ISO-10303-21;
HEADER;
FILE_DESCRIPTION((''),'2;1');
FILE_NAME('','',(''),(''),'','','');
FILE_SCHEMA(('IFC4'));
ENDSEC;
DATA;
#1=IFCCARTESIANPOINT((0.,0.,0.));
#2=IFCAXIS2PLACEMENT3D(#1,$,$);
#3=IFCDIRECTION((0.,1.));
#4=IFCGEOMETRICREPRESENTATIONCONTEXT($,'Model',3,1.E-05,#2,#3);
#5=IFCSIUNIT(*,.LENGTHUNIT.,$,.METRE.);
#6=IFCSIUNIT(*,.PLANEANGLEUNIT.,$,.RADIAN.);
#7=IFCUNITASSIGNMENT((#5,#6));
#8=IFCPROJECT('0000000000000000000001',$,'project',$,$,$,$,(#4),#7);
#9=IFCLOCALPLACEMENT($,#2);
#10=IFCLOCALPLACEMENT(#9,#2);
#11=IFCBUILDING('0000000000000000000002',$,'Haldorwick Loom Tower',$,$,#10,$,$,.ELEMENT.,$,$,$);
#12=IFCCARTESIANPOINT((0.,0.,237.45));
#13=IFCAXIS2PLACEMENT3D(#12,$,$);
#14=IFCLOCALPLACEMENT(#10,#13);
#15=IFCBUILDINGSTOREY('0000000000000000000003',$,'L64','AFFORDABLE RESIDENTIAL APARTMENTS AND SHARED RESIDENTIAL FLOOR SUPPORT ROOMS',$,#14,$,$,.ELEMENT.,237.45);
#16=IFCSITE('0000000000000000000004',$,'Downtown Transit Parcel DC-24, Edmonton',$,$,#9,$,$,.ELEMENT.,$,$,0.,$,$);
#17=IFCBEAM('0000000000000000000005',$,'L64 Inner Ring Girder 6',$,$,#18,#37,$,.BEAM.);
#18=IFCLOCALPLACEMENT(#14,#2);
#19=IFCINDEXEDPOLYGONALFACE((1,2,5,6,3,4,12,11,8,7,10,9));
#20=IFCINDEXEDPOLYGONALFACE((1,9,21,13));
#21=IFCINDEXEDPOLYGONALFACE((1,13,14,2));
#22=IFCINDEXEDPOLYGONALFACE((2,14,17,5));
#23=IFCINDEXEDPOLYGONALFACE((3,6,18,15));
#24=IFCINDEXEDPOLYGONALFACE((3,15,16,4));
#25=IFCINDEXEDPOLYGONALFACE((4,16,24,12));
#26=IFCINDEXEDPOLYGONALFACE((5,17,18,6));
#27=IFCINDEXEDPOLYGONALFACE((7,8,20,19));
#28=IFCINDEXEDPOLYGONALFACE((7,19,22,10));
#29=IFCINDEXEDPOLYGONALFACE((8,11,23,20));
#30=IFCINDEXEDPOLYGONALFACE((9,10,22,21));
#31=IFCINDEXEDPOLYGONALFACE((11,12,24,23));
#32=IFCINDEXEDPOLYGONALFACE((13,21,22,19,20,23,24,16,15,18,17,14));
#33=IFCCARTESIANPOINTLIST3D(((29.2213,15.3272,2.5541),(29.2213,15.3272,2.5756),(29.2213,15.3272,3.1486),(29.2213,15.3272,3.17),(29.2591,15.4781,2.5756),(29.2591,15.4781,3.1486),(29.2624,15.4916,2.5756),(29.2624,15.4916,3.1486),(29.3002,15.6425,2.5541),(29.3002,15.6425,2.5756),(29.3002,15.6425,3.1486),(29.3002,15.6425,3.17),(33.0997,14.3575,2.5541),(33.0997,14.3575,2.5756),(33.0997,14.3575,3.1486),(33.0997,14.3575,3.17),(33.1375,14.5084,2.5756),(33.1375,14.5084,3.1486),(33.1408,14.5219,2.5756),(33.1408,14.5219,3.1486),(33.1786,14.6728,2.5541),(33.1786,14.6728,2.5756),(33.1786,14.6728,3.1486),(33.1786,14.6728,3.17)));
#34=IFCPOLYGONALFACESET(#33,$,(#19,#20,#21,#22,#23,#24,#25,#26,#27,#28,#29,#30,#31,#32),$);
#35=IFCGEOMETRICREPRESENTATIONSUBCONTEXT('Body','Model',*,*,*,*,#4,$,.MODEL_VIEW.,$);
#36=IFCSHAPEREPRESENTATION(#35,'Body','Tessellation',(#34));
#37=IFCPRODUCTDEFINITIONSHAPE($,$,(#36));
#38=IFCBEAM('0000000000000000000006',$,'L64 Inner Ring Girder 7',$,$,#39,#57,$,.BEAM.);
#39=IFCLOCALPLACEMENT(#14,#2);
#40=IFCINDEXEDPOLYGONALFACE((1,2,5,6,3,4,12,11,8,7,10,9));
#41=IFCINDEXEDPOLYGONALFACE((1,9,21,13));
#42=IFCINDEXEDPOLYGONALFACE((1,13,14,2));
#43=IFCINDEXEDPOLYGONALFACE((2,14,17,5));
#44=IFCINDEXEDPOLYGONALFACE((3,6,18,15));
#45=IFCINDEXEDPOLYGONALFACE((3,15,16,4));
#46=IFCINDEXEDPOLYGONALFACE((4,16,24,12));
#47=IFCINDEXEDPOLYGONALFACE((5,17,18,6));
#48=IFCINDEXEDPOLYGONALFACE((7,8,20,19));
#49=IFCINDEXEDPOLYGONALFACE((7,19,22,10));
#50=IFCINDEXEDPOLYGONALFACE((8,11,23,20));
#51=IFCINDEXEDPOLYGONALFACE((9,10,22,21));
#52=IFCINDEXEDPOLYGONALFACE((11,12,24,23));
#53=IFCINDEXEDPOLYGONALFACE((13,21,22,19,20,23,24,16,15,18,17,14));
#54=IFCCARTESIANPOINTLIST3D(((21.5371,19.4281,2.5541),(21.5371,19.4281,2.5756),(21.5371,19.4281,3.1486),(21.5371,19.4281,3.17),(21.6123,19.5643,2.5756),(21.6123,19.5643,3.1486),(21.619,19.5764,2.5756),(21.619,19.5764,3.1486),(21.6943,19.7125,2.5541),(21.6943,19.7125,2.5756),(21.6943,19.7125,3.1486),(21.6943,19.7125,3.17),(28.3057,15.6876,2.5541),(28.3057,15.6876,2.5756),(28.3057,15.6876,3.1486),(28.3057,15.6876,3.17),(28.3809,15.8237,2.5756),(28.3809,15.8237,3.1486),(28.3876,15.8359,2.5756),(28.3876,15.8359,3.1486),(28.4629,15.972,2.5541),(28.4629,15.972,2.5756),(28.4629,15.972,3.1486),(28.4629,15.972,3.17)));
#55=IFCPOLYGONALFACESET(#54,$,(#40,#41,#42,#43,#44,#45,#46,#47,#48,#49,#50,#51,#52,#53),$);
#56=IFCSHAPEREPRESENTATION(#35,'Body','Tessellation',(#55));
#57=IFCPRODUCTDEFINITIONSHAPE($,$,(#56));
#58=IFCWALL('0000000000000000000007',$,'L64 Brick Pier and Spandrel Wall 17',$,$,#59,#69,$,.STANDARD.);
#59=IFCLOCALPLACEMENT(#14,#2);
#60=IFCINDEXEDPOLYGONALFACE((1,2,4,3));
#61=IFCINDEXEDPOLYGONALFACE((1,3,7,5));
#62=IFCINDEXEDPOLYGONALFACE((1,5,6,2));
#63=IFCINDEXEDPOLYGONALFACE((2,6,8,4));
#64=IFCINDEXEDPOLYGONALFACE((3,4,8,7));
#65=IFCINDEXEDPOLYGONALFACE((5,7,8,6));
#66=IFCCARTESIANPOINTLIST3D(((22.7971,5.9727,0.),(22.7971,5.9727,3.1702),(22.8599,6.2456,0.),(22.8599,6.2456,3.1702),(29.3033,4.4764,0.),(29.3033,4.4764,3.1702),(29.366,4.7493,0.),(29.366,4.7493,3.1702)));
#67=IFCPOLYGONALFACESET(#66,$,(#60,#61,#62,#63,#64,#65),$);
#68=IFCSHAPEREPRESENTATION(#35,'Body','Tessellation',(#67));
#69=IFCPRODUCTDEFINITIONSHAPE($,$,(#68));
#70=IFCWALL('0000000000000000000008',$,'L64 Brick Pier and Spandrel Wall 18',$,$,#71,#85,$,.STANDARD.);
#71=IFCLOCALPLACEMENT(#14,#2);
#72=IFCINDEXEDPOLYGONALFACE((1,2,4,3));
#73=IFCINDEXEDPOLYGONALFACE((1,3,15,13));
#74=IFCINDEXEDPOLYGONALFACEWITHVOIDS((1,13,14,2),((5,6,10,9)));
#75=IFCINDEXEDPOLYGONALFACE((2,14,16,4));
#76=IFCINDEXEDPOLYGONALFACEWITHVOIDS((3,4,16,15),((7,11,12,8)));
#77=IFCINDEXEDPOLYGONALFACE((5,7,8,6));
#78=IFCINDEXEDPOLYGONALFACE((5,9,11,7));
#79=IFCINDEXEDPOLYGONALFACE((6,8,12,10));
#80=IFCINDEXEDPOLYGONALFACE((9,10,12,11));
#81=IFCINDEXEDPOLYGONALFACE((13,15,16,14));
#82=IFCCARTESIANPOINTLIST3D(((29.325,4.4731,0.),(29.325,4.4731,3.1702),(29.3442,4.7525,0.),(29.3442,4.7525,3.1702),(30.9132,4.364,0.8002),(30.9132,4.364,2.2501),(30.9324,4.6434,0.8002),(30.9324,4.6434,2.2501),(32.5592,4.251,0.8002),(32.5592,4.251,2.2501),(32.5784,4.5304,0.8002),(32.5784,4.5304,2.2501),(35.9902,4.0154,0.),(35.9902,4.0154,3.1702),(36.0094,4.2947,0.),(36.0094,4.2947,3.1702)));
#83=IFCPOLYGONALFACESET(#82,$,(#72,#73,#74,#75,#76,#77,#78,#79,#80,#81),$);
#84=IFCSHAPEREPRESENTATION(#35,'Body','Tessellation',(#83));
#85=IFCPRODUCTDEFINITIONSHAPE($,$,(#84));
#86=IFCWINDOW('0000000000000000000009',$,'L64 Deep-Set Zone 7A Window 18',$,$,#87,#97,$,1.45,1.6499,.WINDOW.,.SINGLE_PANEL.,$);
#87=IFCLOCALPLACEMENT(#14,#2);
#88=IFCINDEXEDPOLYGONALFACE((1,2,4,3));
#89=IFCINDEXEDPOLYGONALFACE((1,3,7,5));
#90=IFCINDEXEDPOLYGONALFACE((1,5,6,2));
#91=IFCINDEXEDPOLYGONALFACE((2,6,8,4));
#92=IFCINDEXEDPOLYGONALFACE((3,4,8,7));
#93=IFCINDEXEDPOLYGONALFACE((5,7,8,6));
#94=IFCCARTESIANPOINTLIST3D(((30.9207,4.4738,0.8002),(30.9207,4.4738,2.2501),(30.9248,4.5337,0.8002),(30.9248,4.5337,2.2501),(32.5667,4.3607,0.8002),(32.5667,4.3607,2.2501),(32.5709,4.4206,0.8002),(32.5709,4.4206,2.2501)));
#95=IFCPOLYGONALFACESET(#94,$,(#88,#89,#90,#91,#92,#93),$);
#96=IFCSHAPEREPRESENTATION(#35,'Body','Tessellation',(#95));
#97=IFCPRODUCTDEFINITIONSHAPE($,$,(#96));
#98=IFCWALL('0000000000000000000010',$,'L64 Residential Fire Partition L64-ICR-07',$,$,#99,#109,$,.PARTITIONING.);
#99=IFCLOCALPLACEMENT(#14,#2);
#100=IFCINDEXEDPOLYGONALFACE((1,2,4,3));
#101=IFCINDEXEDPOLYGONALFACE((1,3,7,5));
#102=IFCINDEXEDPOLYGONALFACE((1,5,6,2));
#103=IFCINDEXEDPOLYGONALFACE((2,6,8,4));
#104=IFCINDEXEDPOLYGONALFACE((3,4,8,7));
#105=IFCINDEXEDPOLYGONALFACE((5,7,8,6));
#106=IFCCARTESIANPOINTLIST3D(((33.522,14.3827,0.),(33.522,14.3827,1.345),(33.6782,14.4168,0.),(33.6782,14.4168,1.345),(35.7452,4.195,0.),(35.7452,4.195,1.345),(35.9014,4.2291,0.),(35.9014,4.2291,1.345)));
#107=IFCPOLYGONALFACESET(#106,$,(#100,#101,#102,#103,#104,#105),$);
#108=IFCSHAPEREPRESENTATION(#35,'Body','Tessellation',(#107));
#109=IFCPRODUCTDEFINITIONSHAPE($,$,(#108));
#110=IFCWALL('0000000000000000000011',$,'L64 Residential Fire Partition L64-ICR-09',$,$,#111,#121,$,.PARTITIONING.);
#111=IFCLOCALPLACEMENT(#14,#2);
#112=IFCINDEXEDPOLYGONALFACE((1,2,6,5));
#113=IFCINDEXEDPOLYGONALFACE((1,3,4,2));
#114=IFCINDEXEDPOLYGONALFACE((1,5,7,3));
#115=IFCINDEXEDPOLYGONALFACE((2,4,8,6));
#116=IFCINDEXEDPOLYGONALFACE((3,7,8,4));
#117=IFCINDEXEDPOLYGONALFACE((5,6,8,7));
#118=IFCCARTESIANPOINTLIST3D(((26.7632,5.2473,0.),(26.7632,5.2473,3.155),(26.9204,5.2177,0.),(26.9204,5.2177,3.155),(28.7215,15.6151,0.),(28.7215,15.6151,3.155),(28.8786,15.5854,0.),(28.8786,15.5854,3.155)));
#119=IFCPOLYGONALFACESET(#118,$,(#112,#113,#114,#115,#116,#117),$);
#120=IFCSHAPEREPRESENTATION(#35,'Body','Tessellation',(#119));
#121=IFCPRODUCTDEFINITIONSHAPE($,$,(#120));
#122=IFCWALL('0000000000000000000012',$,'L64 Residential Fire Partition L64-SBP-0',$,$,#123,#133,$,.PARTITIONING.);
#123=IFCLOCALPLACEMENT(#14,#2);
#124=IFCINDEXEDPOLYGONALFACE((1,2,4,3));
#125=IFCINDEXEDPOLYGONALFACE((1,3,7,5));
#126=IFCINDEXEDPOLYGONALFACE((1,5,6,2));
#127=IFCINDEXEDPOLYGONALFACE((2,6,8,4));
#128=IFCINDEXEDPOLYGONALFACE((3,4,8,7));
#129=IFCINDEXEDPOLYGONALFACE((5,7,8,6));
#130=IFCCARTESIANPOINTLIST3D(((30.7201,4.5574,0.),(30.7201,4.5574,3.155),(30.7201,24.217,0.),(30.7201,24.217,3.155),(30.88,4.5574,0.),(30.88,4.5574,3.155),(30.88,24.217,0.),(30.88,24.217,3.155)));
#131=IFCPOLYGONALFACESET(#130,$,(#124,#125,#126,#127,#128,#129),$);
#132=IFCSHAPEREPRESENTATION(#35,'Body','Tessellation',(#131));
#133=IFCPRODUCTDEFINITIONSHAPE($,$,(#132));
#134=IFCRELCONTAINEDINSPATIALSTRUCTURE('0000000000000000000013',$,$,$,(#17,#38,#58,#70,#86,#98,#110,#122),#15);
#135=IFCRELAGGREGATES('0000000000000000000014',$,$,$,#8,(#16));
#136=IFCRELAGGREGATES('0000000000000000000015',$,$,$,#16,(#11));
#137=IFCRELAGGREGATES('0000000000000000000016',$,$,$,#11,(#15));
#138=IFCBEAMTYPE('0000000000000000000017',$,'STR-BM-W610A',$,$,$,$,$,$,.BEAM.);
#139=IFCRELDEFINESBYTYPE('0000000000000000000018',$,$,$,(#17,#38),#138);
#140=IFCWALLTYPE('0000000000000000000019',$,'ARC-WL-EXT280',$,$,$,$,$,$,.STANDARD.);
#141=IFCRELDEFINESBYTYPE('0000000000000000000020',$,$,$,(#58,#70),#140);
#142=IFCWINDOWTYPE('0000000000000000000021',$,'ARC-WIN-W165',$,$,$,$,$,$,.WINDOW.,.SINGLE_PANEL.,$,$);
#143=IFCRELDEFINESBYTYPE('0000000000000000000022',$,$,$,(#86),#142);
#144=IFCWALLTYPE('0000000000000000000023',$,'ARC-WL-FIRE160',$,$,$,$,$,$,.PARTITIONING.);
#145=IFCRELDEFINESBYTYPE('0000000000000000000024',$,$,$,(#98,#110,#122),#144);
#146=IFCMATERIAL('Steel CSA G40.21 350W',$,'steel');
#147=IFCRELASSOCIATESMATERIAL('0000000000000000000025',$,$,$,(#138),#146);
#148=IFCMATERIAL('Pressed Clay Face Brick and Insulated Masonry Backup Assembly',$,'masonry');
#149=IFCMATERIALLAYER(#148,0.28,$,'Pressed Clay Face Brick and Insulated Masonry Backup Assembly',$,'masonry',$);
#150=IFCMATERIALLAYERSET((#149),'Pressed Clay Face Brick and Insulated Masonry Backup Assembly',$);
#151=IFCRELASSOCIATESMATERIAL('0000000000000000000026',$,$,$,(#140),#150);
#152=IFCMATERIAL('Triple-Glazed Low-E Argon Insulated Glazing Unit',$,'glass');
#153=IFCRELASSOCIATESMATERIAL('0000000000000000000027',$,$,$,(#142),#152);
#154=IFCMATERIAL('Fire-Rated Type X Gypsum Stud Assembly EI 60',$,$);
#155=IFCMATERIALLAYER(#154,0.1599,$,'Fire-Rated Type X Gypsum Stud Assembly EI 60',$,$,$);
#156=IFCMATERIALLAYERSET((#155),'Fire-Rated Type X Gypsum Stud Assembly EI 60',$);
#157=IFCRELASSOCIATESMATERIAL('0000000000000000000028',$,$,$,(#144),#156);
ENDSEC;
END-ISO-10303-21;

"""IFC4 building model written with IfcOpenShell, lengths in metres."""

from ifc_helpers import new_model, si_unit, direction, frame, frame_2d, origin, origin_2d, place, context, subcontext, project, spatial, rectangle, i_section, extrude, material, layer, layer_set, material_profile, profile_set, type_object, element, fill, save


model = new_model("IFC4")

# Units and contexts
model_context = context("Model", 3, precision=1e-05, world=origin(), true_north=direction((0.0, 1.0)))
body_context = subcontext(model_context, "Body", "Model", "MODEL_VIEW")
ifc_project = project(units=[si_unit("LENGTHUNIT", "METRE"), si_unit("PLANEANGLEUNIT", "RADIAN")], contexts=[model_context])

# Site, building, storey
site_placement = place(None, origin())
site = spatial("IfcSite", under=ifc_project, at=site_placement, Name="Downtown Transit Parcel DC-24, Edmonton", CompositionType="ELEMENT", RefElevation=0.0)
building_placement = place(site_placement, origin())
building = spatial("IfcBuilding", under=site, at=building_placement, Name="Haldorwick Loom Tower", CompositionType="ELEMENT")
storey_placement = place(building_placement, frame((0.0, 0.0, 237.45)))
storey = spatial("IfcBuildingStorey", under=building, at=storey_placement, Name="L64", Description="AFFORDABLE RESIDENTIAL APARTMENTS AND SHARED RESIDENTIAL FLOOR SUPPORT ROOMS", CompositionType="ELEMENT", Elevation=237.45)

# Beams
ifc_material_1 = material(Name="Steel CSA G40.21 350W", Category="steel")
ifc_material_profile_1 = material_profile(ifc_material_1, i_section(OverallWidth=0.325, OverallDepth=0.616, WebThickness=0.0139, FlangeThickness=0.0215, at=origin_2d()), Name="W610X174", Category="steel")
ifc_profile_set_1 = profile_set([ifc_material_profile_1], Name="Steel CSA G40.21 350W")
beam_type_1 = type_object("IfcBeamType", Name="STR-BM-W610A", PredefinedType="BEAM", material=ifc_profile_set_1)
beam_1_placement = place(storey_placement, frame((33.1392, 14.5151, 2.8621), z_axis=(-0.970135, 0.242564, 0.0), x_axis=(-0.242564, -0.970135, 0.0)))
element("IfcBeam", 1, at=beam_1_placement, inside=storey, type_object=beam_type_1, Name="L64 Inner Ring Girder 6", PredefinedType="BEAM", context=body_context, shape_type="SweptSolid", body=[
    extrude(i_section(OverallWidth=0.325, OverallDepth=0.616, WebThickness=0.0139, FlangeThickness=0.0215, at=origin_2d()), origin(), (0.0, 0.0, 1.0), 3.9978),
])
beam_2_placement = place(storey_placement, frame((28.3843, 15.8298, 2.8621), z_axis=(-0.875244, 0.483682, 0.0), x_axis=(-0.483682, -0.875244, 0.0)))
element("IfcBeam", 2, at=beam_2_placement, inside=storey, type_object=beam_type_1, Name="L64 Inner Ring Girder 7", PredefinedType="BEAM", context=body_context, shape_type="SweptSolid", body=[
    extrude(i_section(OverallWidth=0.325, OverallDepth=0.616, WebThickness=0.0139, FlangeThickness=0.0215, at=origin_2d()), origin(), (0.0, 0.0, 1.0), 7.7334),
])

# Wall
ifc_material_2 = material(Name="Pressed Clay Face Brick and Insulated Masonry Backup Assembly", Category="masonry")
ifc_layer_1 = layer(ifc_material_2, 0.28, Name="Pressed Clay Face Brick and Insulated Masonry Backup Assembly", Category="masonry")
ifc_layer_set_1 = layer_set([ifc_layer_1], Name="Pressed Clay Face Brick and Insulated Masonry Backup Assembly")
wall_type_1 = type_object("IfcWallType", Name="ARC-WL-EXT280", PredefinedType="STANDARD", material=ifc_layer_set_1)
wall_1_placement = place(storey_placement, frame((22.8286, 6.1091, 0.0), z_axis=(0.0, 0.0, 1.0), x_axis=(0.974557, -0.224138, 0.0)))
element("IfcWall", 3, at=wall_1_placement, inside=storey, type_object=wall_type_1, Name="L64 Brick Pier and Spandrel Wall 17", PredefinedType="STANDARD", context=body_context, shape_type="SweptSolid", body=[
    extrude(rectangle(XDim=6.676, YDim=0.28, at=frame_2d((3.3379, 0.0))), origin(), (0.0, 0.0, 1.0), 3.1702),
])

# Wall, opening, window
wall_2_placement = place(storey_placement, frame((29.3347, 4.6128, 0.0), z_axis=(0.0, 0.0, 1.0), x_axis=(0.99765, -0.068517, 0.0)))
wall_2 = element("IfcWall", 4, at=wall_2_placement, inside=storey, type_object=wall_type_1, Name="L64 Brick Pier and Spandrel Wall 18", PredefinedType="STANDARD", context=body_context, shape_type="SweptSolid", body=[
    extrude(rectangle(XDim=6.6809, YDim=0.28, at=frame_2d((3.3403, 0.0))), origin(), (0.0, 0.0, 1.0), 3.1702),
])
opening_placement = place(wall_2_placement, frame((1.5918, 0.0, 0.8)))
opening = element("IfcOpeningElement", 5, at=opening_placement, cuts=wall_2, PredefinedType="OPENING", context=body_context, shape_type="SweptSolid", body=[
    extrude(rectangle(XDim=1.6499, YDim=1.45, at=frame_2d((0.825, 0.7251))), frame((0.0, 0.1499, 0.0), z_axis=(0.0, -1.0, 0.0), x_axis=(1.0, 0.0, 0.0)), (0.0, 0.0, 1.0), 0.3),
])
ifc_material_3 = material(Name="Triple-Glazed Low-E Argon Insulated Glazing Unit", Category="glass")
window_type = type_object("IfcWindowType", Name="ARC-WIN-W165", PartitioningType="SINGLE_PANEL", PredefinedType="WINDOW", material=ifc_material_3)
window_placement = place(opening_placement, origin())
window = element("IfcWindow", 6, at=window_placement, inside=storey, type_object=window_type, Name="L64 Deep-Set Zone 7A Window 18", OverallHeight=1.45, OverallWidth=1.6499, PartitioningType="SINGLE_PANEL", PredefinedType="WINDOW", context=body_context, shape_type="SweptSolid", body=[
    extrude(rectangle(XDim=1.6499, YDim=1.45, at=frame_2d((0.825, 0.7251))), frame((0.0, 0.03, 0.0), z_axis=(0.0, -1.0, 0.0), x_axis=(1.0, 0.0, 0.0)), (0.0, 0.0, 1.0), 0.0601),
])
fill(opening, window)

# Walls
ifc_material_4 = material(Name="Fire-Rated Type X Gypsum Stud Assembly EI 60")
ifc_layer_2 = layer(ifc_material_4, 0.1599, Name="Fire-Rated Type X Gypsum Stud Assembly EI 60")
ifc_layer_set_2 = layer_set([ifc_layer_2], Name="Fire-Rated Type X Gypsum Stud Assembly EI 60")
wall_type_2 = type_object("IfcWallType", Name="ARC-WL-FIRE160", PredefinedType="PARTITIONING", material=ifc_layer_set_2)
wall_3_placement = place(storey_placement, frame((33.6001, 14.3999, 0.0), z_axis=(0.0, 0.0, 1.0), x_axis=(0.2132, -0.977008, 0.0)))
element("IfcWall", 7, at=wall_3_placement, inside=storey, type_object=wall_type_2, Name="L64 Residential Fire Partition L64-ICR-07", PredefinedType="PARTITIONING", context=body_context, shape_type="SweptSolid", body=[
    extrude(rectangle(XDim=10.4275, YDim=0.1599, at=frame_2d((5.2139, 0.0))), origin(), (0.0, 0.0, 1.0), 1.345),
])
wall_4_placement = place(storey_placement, frame((28.8, 15.6001, 0.0), z_axis=(0.0, 0.0, 1.0), x_axis=(-0.185599, -0.982626, 0.0)))
element("IfcWall", 8, at=wall_4_placement, inside=storey, type_object=wall_type_2, Name="L64 Residential Fire Partition L64-ICR-09", PredefinedType="PARTITIONING", context=body_context, shape_type="SweptSolid", body=[
    extrude(rectangle(XDim=10.551, YDim=0.1599, at=frame_2d((5.2754, 0.0))), origin(), (0.0, 0.0, 1.0), 3.155),
])
wall_5_placement = place(storey_placement, frame((30.8, 4.5574, 0.0), z_axis=(0.0, 0.0, 1.0), x_axis=(0.0, 1.0, 0.0)))
element("IfcWall", 9, at=wall_5_placement, inside=storey, type_object=wall_type_2, Name="L64 Residential Fire Partition L64-SBP-0", PredefinedType="PARTITIONING", context=body_context, shape_type="SweptSolid", body=[
    extrude(rectangle(XDim=19.6597, YDim=0.1599, at=frame_2d((9.8298, 0.0))), origin(), (0.0, 0.0, 1.0), 3.155),
])

save(model, "model.ifc")
